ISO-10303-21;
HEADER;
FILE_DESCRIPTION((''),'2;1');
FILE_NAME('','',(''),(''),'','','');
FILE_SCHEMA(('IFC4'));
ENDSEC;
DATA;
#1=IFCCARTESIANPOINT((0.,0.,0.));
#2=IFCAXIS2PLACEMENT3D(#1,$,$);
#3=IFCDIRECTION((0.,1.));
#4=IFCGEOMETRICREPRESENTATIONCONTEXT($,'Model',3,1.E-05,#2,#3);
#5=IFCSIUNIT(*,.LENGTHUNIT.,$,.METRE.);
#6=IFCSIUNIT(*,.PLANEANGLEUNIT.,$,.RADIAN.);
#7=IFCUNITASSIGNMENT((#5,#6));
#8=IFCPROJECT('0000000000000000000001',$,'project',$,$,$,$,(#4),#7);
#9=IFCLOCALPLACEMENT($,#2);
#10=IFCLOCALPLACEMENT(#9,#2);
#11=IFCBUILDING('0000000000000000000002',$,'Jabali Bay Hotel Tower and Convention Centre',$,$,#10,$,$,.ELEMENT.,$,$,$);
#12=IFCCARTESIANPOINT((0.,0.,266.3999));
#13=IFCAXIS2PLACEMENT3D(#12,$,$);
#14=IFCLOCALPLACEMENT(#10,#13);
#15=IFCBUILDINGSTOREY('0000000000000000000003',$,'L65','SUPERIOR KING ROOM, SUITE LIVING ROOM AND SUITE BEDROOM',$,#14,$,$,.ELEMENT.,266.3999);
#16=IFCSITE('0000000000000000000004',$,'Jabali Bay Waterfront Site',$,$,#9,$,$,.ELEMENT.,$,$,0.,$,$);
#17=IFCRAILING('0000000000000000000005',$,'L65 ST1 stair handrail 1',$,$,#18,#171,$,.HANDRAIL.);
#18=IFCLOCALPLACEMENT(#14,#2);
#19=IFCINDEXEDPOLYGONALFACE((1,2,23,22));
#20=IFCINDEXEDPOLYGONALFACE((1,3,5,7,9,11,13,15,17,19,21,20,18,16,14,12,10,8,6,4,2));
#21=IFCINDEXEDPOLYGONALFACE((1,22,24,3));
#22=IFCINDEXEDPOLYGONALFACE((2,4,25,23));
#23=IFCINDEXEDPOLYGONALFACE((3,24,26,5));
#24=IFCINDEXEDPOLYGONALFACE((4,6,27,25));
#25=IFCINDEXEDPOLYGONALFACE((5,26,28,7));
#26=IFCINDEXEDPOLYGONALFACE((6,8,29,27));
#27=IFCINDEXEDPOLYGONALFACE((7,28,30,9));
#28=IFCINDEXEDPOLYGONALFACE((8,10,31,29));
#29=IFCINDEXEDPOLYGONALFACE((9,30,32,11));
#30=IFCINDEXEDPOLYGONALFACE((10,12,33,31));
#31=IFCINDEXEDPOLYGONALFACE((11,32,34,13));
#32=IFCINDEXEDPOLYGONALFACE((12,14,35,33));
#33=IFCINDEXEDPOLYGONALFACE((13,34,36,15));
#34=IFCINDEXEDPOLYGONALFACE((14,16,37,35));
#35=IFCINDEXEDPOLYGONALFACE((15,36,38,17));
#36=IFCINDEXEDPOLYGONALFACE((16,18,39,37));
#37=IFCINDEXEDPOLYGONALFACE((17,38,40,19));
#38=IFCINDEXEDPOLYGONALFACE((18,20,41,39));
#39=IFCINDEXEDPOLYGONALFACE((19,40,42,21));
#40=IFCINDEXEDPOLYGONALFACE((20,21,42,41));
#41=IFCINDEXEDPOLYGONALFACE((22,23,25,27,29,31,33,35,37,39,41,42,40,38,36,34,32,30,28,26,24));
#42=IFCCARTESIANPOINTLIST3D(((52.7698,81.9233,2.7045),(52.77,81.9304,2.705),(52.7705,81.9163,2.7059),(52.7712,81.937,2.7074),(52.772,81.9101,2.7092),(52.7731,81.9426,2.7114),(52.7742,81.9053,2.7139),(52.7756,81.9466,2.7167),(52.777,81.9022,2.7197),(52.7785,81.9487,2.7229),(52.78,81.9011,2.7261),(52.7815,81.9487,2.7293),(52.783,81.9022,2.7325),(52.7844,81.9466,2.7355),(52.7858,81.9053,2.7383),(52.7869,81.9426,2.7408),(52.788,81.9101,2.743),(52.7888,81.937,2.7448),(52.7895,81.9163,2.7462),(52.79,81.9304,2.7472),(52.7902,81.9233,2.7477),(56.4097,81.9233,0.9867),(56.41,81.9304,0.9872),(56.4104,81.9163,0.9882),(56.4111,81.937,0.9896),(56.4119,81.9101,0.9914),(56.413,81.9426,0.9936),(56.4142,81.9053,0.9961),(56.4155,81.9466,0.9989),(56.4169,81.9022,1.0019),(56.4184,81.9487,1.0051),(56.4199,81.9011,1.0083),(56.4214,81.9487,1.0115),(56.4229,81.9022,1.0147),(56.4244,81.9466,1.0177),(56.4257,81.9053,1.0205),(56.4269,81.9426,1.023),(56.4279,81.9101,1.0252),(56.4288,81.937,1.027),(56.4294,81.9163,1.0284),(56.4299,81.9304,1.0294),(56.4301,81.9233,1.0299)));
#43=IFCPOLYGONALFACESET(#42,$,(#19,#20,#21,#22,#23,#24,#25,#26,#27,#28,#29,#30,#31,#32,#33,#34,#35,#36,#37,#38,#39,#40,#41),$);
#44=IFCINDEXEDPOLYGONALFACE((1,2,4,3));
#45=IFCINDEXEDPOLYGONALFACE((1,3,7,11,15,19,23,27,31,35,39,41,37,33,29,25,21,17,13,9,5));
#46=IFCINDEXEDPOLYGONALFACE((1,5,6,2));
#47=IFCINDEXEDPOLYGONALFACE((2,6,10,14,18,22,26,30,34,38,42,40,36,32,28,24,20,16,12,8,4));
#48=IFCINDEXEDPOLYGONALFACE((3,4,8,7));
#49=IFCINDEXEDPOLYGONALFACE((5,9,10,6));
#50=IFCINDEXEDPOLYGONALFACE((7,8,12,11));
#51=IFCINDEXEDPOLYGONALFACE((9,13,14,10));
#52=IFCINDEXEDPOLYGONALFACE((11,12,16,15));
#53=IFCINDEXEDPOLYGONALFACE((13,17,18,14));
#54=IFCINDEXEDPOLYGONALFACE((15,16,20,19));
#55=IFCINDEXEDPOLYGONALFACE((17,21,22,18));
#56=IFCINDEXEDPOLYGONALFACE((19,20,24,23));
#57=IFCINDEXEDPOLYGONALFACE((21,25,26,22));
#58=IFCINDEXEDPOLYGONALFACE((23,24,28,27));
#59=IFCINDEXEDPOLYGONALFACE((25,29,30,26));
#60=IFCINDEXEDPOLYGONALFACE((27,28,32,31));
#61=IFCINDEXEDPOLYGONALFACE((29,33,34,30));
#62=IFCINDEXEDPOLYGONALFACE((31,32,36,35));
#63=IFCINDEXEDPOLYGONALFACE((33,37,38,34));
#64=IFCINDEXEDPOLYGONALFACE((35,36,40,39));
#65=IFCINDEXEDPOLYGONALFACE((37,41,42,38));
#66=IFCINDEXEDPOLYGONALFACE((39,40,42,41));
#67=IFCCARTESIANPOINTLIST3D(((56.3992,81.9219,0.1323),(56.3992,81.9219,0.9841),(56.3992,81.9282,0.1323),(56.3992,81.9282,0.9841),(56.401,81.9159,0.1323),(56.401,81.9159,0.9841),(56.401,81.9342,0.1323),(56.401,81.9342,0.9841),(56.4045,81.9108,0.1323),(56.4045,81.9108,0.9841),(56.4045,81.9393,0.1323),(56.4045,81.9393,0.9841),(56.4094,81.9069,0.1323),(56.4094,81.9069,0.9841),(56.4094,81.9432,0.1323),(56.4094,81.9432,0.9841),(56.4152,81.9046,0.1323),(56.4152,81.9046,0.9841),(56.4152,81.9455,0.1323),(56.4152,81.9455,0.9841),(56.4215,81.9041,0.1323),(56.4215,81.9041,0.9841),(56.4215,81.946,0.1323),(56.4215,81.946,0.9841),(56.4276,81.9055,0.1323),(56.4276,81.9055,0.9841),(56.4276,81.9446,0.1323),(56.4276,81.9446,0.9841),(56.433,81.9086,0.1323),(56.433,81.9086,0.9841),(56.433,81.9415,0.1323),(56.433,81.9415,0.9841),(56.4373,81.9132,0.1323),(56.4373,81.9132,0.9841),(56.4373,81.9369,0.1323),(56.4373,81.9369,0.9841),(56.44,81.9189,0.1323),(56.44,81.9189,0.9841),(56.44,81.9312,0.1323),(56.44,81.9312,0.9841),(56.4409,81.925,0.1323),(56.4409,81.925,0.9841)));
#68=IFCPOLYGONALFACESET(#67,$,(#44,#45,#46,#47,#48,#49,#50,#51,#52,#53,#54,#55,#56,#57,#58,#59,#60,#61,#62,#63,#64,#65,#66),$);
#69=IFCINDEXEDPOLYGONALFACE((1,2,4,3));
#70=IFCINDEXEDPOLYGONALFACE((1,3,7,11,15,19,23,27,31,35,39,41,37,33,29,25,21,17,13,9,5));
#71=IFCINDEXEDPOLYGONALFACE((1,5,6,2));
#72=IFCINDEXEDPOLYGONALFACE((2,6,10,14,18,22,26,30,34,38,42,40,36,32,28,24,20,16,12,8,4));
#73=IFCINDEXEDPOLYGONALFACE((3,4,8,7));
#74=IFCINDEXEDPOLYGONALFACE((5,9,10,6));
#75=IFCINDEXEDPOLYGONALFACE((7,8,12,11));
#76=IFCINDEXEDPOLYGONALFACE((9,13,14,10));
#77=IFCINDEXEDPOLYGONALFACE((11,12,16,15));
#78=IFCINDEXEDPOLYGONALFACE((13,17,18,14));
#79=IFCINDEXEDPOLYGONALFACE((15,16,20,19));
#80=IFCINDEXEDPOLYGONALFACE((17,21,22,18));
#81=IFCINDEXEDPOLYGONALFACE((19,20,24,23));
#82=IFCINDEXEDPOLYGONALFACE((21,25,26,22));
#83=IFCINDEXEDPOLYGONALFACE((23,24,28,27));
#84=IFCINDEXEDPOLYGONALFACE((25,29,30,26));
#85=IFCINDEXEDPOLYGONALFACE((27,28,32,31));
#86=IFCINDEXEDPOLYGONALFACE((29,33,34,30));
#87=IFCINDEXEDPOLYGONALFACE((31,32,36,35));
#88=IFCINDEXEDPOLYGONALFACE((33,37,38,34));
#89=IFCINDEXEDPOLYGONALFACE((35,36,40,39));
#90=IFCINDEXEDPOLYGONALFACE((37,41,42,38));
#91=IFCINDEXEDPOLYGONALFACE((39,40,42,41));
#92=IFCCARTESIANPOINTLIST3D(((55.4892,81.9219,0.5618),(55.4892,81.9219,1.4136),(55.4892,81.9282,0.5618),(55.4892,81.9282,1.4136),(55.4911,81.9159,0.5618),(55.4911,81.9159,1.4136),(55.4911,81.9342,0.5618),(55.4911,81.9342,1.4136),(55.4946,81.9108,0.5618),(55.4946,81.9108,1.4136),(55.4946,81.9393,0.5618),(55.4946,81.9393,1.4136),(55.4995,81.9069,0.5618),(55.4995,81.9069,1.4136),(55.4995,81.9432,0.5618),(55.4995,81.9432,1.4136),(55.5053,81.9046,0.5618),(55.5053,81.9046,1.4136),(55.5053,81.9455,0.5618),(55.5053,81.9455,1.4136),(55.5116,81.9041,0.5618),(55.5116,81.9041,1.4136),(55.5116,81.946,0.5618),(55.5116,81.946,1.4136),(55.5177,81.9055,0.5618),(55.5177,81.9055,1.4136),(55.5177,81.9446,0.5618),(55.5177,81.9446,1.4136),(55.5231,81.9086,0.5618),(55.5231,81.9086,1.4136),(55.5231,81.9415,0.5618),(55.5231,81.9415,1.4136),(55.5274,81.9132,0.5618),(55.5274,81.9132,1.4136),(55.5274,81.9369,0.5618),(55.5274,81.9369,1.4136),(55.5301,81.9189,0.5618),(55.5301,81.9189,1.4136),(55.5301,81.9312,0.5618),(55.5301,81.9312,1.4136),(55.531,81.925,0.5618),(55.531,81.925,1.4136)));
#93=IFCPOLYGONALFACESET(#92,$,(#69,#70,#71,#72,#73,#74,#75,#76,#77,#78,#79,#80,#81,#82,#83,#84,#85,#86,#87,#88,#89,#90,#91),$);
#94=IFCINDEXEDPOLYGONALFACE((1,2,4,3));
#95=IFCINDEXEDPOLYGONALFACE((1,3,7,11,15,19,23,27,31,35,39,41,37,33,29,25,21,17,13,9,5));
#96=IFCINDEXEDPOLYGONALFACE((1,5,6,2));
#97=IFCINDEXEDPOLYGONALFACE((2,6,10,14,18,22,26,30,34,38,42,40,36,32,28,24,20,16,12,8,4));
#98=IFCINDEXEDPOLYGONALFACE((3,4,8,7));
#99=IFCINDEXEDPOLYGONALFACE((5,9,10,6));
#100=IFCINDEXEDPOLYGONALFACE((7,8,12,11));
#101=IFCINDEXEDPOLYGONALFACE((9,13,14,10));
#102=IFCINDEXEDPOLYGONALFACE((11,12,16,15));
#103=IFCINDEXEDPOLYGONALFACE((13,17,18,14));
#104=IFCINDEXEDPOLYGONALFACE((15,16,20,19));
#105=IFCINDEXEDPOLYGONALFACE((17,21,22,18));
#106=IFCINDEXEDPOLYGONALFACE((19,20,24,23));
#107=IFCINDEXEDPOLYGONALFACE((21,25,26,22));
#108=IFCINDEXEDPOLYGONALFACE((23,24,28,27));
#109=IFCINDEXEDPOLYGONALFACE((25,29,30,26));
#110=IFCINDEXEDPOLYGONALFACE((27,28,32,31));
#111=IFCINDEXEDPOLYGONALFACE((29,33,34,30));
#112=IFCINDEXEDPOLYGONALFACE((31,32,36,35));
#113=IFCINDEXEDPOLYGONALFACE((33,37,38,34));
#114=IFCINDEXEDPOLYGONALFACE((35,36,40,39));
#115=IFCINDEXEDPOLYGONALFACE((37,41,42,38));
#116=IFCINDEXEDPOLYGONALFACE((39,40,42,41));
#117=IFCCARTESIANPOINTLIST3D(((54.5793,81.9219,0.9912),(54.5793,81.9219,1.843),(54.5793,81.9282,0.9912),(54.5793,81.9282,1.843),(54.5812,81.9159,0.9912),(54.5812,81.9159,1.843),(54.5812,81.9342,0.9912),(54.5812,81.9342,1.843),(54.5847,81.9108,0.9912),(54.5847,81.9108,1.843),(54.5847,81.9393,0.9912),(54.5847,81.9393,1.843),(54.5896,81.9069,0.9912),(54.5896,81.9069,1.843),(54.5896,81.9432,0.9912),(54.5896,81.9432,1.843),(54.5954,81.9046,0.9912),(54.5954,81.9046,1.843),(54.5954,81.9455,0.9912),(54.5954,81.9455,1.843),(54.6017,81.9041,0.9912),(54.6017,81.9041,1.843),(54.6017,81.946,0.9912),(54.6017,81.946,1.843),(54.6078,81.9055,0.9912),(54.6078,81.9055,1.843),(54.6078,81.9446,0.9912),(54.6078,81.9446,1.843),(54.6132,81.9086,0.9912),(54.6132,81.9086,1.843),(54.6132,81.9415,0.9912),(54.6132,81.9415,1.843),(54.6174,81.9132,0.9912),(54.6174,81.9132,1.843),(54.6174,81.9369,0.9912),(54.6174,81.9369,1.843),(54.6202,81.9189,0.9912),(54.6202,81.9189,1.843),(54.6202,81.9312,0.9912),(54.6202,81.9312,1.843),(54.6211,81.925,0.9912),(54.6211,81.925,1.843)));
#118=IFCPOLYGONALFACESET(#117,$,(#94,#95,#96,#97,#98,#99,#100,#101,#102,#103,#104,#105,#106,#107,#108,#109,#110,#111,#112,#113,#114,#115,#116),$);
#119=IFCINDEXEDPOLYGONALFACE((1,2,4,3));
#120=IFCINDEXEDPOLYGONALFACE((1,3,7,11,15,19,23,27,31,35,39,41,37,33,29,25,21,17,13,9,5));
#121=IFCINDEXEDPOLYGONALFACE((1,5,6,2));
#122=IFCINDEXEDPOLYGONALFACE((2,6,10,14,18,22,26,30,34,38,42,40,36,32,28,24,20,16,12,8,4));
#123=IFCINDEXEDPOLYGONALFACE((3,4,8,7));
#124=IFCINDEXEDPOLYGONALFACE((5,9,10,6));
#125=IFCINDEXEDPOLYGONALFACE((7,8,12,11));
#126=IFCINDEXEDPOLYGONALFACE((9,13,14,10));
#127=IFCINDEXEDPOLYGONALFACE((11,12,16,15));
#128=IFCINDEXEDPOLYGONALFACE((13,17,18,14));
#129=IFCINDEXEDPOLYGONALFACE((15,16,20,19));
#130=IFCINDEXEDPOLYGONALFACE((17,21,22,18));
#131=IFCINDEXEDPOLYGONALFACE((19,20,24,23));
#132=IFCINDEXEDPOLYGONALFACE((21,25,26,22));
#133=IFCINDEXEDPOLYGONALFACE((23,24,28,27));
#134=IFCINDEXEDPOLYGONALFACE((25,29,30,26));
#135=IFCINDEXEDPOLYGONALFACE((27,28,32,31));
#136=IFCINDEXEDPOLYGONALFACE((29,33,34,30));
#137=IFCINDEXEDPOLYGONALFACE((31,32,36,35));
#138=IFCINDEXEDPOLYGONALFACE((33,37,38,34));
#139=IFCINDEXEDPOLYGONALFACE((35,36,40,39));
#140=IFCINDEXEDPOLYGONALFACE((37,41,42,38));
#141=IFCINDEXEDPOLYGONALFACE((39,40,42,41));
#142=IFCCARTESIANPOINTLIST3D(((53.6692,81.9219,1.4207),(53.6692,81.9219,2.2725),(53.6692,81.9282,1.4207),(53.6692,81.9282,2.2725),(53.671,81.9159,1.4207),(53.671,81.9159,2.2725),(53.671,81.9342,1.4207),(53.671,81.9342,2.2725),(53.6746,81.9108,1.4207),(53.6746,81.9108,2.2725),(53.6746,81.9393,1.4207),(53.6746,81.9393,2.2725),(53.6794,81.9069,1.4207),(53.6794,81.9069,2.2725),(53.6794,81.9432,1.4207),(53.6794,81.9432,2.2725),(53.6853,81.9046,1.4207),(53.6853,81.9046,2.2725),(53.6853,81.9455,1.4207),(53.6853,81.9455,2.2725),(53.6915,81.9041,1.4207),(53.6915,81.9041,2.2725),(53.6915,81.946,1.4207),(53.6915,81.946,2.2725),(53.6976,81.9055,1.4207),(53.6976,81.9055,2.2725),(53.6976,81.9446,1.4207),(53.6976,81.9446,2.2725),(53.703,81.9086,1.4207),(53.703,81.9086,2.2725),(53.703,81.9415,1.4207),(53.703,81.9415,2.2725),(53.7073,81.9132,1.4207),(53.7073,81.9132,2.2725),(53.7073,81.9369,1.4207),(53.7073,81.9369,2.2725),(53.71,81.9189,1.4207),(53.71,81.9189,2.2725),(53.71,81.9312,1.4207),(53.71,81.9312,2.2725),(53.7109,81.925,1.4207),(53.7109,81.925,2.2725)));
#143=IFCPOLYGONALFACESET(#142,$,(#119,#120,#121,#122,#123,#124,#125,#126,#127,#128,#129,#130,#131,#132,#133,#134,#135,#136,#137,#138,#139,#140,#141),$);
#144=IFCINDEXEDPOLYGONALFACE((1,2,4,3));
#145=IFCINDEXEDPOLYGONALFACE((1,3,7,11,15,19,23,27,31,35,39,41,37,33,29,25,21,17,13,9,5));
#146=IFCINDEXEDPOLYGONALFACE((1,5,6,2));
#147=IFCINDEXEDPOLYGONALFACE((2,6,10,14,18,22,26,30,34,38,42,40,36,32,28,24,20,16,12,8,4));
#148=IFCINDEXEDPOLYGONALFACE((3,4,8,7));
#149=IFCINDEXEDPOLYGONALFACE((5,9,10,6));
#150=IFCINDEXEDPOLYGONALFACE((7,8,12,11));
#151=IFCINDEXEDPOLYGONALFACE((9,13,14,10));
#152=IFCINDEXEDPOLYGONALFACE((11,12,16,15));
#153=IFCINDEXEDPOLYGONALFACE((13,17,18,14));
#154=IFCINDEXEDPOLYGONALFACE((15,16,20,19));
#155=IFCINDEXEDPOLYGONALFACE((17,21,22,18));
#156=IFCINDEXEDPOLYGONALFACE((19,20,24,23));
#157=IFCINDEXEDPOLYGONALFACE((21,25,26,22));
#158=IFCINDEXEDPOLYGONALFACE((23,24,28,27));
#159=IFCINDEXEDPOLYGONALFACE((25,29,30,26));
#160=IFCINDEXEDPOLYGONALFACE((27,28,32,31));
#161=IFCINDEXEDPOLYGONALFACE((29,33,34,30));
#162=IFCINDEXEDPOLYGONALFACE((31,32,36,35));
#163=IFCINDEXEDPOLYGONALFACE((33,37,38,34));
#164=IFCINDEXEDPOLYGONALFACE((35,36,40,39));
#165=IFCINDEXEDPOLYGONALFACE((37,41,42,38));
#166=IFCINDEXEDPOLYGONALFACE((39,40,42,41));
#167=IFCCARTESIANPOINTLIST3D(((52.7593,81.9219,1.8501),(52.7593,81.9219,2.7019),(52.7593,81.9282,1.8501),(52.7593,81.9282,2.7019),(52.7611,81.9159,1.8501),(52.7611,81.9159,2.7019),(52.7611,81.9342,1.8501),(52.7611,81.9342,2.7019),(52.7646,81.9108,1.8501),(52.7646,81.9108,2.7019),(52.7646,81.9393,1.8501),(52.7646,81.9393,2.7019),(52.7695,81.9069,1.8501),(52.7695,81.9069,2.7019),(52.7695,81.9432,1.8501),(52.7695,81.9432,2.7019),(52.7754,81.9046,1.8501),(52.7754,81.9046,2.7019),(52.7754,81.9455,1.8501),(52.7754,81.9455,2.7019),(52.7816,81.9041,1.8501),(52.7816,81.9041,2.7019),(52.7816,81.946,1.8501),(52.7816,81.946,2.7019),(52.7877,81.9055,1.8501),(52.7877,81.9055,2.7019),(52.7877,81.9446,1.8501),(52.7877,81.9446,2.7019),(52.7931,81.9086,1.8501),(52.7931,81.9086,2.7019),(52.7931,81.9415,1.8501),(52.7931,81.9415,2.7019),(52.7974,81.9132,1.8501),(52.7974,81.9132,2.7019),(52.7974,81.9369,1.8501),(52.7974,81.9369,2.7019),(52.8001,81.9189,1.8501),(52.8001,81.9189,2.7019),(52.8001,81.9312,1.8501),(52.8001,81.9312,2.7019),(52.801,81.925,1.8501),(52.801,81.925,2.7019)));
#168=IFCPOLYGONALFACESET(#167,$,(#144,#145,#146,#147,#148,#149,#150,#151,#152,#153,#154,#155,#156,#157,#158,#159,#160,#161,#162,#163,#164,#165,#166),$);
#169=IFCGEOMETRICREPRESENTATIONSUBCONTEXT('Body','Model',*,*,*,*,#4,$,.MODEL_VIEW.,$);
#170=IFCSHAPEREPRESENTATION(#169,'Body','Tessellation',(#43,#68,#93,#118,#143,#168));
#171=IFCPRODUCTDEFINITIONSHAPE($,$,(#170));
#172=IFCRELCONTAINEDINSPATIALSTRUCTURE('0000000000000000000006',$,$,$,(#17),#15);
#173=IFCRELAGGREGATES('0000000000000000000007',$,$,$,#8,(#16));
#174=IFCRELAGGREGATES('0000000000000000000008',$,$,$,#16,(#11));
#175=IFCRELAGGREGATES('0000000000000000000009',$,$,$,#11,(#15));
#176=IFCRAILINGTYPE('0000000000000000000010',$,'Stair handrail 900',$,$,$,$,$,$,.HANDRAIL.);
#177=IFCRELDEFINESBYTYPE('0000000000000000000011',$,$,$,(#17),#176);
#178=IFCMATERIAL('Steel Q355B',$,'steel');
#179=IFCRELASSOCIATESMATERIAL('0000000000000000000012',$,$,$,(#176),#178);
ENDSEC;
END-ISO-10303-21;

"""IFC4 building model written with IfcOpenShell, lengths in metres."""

from ifc_helpers import new_model, si_unit, direction, frame, origin, origin_2d, place, context, subcontext, project, spatial, circle, extrude, material, type_object, element, save


model = new_model("IFC4")

# Units and contexts
model_context = context("Model", 3, precision=1e-05, world=origin(), true_north=direction((0.0, 1.0)))
body_context = subcontext(model_context, "Body", "Model", "MODEL_VIEW")
ifc_project = project(units=[si_unit("LENGTHUNIT", "METRE"), si_unit("PLANEANGLEUNIT", "RADIAN")], contexts=[model_context])

# Site, building, storey
site_placement = place(None, origin())
site = spatial("IfcSite", under=ifc_project, at=site_placement, Name="Jabali Bay Waterfront Site", CompositionType="ELEMENT", RefElevation=0.0)
building_placement = place(site_placement, origin())
building = spatial("IfcBuilding", under=site, at=building_placement, Name="Jabali Bay Hotel Tower and Convention Centre", CompositionType="ELEMENT")
storey_placement = place(building_placement, frame((0.0, 0.0, 266.3999)))
storey = spatial("IfcBuildingStorey", under=building, at=storey_placement, Name="L65", Description="SUPERIOR KING ROOM, SUITE LIVING ROOM AND SUITE BEDROOM", CompositionType="ELEMENT", Elevation=266.3999)

# Railing
ifc_material_1 = material(Name="Steel Q355B", Category="steel")
railing_type_1 = type_object("IfcRailingType", Name="Stair handrail 900", PredefinedType="HANDRAIL", material=ifc_material_1)
railing_1_placement = place(storey_placement, frame((56.4199, 81.925, 0.1323)))
element("IfcRailing", 1, at=railing_1_placement, inside=storey, type_object=railing_type_1, Name="L65 ST1 stair handrail 1", PredefinedType="HANDRAIL", context=body_context, shape_type="SweptSolid", body=[
    extrude(circle(Radius=0.0239, at=origin_2d()), frame((0.0, 0.0, 0.876), z_axis=(-0.904351, 0.0, 0.42679), x_axis=(0.0, -1.0, 0.0)), (0.0, 0.0, 1.0), 4.0249),
    extrude(circle(Radius=0.021, at=origin_2d()), origin(), (0.0, 0.0, 1.0), 0.8518),
    extrude(circle(Radius=0.021, at=origin_2d()), frame((-0.9099, 0.0, 0.4294)), (0.0, 0.0, 1.0), 0.8518),
    extrude(circle(Radius=0.021, at=origin_2d()), frame((-1.8198, 0.0, 0.8589)), (0.0, 0.0, 1.0), 0.8518),
    extrude(circle(Radius=0.021, at=origin_2d()), frame((-2.73, 0.0, 1.2883)), (0.0, 0.0, 1.0), 0.8518),
    extrude(circle(Radius=0.021, at=origin_2d()), frame((-3.6399, 0.0, 1.7178)), (0.0, 0.0, 1.0), 0.8518),
])

save(model, "model.ifc")
